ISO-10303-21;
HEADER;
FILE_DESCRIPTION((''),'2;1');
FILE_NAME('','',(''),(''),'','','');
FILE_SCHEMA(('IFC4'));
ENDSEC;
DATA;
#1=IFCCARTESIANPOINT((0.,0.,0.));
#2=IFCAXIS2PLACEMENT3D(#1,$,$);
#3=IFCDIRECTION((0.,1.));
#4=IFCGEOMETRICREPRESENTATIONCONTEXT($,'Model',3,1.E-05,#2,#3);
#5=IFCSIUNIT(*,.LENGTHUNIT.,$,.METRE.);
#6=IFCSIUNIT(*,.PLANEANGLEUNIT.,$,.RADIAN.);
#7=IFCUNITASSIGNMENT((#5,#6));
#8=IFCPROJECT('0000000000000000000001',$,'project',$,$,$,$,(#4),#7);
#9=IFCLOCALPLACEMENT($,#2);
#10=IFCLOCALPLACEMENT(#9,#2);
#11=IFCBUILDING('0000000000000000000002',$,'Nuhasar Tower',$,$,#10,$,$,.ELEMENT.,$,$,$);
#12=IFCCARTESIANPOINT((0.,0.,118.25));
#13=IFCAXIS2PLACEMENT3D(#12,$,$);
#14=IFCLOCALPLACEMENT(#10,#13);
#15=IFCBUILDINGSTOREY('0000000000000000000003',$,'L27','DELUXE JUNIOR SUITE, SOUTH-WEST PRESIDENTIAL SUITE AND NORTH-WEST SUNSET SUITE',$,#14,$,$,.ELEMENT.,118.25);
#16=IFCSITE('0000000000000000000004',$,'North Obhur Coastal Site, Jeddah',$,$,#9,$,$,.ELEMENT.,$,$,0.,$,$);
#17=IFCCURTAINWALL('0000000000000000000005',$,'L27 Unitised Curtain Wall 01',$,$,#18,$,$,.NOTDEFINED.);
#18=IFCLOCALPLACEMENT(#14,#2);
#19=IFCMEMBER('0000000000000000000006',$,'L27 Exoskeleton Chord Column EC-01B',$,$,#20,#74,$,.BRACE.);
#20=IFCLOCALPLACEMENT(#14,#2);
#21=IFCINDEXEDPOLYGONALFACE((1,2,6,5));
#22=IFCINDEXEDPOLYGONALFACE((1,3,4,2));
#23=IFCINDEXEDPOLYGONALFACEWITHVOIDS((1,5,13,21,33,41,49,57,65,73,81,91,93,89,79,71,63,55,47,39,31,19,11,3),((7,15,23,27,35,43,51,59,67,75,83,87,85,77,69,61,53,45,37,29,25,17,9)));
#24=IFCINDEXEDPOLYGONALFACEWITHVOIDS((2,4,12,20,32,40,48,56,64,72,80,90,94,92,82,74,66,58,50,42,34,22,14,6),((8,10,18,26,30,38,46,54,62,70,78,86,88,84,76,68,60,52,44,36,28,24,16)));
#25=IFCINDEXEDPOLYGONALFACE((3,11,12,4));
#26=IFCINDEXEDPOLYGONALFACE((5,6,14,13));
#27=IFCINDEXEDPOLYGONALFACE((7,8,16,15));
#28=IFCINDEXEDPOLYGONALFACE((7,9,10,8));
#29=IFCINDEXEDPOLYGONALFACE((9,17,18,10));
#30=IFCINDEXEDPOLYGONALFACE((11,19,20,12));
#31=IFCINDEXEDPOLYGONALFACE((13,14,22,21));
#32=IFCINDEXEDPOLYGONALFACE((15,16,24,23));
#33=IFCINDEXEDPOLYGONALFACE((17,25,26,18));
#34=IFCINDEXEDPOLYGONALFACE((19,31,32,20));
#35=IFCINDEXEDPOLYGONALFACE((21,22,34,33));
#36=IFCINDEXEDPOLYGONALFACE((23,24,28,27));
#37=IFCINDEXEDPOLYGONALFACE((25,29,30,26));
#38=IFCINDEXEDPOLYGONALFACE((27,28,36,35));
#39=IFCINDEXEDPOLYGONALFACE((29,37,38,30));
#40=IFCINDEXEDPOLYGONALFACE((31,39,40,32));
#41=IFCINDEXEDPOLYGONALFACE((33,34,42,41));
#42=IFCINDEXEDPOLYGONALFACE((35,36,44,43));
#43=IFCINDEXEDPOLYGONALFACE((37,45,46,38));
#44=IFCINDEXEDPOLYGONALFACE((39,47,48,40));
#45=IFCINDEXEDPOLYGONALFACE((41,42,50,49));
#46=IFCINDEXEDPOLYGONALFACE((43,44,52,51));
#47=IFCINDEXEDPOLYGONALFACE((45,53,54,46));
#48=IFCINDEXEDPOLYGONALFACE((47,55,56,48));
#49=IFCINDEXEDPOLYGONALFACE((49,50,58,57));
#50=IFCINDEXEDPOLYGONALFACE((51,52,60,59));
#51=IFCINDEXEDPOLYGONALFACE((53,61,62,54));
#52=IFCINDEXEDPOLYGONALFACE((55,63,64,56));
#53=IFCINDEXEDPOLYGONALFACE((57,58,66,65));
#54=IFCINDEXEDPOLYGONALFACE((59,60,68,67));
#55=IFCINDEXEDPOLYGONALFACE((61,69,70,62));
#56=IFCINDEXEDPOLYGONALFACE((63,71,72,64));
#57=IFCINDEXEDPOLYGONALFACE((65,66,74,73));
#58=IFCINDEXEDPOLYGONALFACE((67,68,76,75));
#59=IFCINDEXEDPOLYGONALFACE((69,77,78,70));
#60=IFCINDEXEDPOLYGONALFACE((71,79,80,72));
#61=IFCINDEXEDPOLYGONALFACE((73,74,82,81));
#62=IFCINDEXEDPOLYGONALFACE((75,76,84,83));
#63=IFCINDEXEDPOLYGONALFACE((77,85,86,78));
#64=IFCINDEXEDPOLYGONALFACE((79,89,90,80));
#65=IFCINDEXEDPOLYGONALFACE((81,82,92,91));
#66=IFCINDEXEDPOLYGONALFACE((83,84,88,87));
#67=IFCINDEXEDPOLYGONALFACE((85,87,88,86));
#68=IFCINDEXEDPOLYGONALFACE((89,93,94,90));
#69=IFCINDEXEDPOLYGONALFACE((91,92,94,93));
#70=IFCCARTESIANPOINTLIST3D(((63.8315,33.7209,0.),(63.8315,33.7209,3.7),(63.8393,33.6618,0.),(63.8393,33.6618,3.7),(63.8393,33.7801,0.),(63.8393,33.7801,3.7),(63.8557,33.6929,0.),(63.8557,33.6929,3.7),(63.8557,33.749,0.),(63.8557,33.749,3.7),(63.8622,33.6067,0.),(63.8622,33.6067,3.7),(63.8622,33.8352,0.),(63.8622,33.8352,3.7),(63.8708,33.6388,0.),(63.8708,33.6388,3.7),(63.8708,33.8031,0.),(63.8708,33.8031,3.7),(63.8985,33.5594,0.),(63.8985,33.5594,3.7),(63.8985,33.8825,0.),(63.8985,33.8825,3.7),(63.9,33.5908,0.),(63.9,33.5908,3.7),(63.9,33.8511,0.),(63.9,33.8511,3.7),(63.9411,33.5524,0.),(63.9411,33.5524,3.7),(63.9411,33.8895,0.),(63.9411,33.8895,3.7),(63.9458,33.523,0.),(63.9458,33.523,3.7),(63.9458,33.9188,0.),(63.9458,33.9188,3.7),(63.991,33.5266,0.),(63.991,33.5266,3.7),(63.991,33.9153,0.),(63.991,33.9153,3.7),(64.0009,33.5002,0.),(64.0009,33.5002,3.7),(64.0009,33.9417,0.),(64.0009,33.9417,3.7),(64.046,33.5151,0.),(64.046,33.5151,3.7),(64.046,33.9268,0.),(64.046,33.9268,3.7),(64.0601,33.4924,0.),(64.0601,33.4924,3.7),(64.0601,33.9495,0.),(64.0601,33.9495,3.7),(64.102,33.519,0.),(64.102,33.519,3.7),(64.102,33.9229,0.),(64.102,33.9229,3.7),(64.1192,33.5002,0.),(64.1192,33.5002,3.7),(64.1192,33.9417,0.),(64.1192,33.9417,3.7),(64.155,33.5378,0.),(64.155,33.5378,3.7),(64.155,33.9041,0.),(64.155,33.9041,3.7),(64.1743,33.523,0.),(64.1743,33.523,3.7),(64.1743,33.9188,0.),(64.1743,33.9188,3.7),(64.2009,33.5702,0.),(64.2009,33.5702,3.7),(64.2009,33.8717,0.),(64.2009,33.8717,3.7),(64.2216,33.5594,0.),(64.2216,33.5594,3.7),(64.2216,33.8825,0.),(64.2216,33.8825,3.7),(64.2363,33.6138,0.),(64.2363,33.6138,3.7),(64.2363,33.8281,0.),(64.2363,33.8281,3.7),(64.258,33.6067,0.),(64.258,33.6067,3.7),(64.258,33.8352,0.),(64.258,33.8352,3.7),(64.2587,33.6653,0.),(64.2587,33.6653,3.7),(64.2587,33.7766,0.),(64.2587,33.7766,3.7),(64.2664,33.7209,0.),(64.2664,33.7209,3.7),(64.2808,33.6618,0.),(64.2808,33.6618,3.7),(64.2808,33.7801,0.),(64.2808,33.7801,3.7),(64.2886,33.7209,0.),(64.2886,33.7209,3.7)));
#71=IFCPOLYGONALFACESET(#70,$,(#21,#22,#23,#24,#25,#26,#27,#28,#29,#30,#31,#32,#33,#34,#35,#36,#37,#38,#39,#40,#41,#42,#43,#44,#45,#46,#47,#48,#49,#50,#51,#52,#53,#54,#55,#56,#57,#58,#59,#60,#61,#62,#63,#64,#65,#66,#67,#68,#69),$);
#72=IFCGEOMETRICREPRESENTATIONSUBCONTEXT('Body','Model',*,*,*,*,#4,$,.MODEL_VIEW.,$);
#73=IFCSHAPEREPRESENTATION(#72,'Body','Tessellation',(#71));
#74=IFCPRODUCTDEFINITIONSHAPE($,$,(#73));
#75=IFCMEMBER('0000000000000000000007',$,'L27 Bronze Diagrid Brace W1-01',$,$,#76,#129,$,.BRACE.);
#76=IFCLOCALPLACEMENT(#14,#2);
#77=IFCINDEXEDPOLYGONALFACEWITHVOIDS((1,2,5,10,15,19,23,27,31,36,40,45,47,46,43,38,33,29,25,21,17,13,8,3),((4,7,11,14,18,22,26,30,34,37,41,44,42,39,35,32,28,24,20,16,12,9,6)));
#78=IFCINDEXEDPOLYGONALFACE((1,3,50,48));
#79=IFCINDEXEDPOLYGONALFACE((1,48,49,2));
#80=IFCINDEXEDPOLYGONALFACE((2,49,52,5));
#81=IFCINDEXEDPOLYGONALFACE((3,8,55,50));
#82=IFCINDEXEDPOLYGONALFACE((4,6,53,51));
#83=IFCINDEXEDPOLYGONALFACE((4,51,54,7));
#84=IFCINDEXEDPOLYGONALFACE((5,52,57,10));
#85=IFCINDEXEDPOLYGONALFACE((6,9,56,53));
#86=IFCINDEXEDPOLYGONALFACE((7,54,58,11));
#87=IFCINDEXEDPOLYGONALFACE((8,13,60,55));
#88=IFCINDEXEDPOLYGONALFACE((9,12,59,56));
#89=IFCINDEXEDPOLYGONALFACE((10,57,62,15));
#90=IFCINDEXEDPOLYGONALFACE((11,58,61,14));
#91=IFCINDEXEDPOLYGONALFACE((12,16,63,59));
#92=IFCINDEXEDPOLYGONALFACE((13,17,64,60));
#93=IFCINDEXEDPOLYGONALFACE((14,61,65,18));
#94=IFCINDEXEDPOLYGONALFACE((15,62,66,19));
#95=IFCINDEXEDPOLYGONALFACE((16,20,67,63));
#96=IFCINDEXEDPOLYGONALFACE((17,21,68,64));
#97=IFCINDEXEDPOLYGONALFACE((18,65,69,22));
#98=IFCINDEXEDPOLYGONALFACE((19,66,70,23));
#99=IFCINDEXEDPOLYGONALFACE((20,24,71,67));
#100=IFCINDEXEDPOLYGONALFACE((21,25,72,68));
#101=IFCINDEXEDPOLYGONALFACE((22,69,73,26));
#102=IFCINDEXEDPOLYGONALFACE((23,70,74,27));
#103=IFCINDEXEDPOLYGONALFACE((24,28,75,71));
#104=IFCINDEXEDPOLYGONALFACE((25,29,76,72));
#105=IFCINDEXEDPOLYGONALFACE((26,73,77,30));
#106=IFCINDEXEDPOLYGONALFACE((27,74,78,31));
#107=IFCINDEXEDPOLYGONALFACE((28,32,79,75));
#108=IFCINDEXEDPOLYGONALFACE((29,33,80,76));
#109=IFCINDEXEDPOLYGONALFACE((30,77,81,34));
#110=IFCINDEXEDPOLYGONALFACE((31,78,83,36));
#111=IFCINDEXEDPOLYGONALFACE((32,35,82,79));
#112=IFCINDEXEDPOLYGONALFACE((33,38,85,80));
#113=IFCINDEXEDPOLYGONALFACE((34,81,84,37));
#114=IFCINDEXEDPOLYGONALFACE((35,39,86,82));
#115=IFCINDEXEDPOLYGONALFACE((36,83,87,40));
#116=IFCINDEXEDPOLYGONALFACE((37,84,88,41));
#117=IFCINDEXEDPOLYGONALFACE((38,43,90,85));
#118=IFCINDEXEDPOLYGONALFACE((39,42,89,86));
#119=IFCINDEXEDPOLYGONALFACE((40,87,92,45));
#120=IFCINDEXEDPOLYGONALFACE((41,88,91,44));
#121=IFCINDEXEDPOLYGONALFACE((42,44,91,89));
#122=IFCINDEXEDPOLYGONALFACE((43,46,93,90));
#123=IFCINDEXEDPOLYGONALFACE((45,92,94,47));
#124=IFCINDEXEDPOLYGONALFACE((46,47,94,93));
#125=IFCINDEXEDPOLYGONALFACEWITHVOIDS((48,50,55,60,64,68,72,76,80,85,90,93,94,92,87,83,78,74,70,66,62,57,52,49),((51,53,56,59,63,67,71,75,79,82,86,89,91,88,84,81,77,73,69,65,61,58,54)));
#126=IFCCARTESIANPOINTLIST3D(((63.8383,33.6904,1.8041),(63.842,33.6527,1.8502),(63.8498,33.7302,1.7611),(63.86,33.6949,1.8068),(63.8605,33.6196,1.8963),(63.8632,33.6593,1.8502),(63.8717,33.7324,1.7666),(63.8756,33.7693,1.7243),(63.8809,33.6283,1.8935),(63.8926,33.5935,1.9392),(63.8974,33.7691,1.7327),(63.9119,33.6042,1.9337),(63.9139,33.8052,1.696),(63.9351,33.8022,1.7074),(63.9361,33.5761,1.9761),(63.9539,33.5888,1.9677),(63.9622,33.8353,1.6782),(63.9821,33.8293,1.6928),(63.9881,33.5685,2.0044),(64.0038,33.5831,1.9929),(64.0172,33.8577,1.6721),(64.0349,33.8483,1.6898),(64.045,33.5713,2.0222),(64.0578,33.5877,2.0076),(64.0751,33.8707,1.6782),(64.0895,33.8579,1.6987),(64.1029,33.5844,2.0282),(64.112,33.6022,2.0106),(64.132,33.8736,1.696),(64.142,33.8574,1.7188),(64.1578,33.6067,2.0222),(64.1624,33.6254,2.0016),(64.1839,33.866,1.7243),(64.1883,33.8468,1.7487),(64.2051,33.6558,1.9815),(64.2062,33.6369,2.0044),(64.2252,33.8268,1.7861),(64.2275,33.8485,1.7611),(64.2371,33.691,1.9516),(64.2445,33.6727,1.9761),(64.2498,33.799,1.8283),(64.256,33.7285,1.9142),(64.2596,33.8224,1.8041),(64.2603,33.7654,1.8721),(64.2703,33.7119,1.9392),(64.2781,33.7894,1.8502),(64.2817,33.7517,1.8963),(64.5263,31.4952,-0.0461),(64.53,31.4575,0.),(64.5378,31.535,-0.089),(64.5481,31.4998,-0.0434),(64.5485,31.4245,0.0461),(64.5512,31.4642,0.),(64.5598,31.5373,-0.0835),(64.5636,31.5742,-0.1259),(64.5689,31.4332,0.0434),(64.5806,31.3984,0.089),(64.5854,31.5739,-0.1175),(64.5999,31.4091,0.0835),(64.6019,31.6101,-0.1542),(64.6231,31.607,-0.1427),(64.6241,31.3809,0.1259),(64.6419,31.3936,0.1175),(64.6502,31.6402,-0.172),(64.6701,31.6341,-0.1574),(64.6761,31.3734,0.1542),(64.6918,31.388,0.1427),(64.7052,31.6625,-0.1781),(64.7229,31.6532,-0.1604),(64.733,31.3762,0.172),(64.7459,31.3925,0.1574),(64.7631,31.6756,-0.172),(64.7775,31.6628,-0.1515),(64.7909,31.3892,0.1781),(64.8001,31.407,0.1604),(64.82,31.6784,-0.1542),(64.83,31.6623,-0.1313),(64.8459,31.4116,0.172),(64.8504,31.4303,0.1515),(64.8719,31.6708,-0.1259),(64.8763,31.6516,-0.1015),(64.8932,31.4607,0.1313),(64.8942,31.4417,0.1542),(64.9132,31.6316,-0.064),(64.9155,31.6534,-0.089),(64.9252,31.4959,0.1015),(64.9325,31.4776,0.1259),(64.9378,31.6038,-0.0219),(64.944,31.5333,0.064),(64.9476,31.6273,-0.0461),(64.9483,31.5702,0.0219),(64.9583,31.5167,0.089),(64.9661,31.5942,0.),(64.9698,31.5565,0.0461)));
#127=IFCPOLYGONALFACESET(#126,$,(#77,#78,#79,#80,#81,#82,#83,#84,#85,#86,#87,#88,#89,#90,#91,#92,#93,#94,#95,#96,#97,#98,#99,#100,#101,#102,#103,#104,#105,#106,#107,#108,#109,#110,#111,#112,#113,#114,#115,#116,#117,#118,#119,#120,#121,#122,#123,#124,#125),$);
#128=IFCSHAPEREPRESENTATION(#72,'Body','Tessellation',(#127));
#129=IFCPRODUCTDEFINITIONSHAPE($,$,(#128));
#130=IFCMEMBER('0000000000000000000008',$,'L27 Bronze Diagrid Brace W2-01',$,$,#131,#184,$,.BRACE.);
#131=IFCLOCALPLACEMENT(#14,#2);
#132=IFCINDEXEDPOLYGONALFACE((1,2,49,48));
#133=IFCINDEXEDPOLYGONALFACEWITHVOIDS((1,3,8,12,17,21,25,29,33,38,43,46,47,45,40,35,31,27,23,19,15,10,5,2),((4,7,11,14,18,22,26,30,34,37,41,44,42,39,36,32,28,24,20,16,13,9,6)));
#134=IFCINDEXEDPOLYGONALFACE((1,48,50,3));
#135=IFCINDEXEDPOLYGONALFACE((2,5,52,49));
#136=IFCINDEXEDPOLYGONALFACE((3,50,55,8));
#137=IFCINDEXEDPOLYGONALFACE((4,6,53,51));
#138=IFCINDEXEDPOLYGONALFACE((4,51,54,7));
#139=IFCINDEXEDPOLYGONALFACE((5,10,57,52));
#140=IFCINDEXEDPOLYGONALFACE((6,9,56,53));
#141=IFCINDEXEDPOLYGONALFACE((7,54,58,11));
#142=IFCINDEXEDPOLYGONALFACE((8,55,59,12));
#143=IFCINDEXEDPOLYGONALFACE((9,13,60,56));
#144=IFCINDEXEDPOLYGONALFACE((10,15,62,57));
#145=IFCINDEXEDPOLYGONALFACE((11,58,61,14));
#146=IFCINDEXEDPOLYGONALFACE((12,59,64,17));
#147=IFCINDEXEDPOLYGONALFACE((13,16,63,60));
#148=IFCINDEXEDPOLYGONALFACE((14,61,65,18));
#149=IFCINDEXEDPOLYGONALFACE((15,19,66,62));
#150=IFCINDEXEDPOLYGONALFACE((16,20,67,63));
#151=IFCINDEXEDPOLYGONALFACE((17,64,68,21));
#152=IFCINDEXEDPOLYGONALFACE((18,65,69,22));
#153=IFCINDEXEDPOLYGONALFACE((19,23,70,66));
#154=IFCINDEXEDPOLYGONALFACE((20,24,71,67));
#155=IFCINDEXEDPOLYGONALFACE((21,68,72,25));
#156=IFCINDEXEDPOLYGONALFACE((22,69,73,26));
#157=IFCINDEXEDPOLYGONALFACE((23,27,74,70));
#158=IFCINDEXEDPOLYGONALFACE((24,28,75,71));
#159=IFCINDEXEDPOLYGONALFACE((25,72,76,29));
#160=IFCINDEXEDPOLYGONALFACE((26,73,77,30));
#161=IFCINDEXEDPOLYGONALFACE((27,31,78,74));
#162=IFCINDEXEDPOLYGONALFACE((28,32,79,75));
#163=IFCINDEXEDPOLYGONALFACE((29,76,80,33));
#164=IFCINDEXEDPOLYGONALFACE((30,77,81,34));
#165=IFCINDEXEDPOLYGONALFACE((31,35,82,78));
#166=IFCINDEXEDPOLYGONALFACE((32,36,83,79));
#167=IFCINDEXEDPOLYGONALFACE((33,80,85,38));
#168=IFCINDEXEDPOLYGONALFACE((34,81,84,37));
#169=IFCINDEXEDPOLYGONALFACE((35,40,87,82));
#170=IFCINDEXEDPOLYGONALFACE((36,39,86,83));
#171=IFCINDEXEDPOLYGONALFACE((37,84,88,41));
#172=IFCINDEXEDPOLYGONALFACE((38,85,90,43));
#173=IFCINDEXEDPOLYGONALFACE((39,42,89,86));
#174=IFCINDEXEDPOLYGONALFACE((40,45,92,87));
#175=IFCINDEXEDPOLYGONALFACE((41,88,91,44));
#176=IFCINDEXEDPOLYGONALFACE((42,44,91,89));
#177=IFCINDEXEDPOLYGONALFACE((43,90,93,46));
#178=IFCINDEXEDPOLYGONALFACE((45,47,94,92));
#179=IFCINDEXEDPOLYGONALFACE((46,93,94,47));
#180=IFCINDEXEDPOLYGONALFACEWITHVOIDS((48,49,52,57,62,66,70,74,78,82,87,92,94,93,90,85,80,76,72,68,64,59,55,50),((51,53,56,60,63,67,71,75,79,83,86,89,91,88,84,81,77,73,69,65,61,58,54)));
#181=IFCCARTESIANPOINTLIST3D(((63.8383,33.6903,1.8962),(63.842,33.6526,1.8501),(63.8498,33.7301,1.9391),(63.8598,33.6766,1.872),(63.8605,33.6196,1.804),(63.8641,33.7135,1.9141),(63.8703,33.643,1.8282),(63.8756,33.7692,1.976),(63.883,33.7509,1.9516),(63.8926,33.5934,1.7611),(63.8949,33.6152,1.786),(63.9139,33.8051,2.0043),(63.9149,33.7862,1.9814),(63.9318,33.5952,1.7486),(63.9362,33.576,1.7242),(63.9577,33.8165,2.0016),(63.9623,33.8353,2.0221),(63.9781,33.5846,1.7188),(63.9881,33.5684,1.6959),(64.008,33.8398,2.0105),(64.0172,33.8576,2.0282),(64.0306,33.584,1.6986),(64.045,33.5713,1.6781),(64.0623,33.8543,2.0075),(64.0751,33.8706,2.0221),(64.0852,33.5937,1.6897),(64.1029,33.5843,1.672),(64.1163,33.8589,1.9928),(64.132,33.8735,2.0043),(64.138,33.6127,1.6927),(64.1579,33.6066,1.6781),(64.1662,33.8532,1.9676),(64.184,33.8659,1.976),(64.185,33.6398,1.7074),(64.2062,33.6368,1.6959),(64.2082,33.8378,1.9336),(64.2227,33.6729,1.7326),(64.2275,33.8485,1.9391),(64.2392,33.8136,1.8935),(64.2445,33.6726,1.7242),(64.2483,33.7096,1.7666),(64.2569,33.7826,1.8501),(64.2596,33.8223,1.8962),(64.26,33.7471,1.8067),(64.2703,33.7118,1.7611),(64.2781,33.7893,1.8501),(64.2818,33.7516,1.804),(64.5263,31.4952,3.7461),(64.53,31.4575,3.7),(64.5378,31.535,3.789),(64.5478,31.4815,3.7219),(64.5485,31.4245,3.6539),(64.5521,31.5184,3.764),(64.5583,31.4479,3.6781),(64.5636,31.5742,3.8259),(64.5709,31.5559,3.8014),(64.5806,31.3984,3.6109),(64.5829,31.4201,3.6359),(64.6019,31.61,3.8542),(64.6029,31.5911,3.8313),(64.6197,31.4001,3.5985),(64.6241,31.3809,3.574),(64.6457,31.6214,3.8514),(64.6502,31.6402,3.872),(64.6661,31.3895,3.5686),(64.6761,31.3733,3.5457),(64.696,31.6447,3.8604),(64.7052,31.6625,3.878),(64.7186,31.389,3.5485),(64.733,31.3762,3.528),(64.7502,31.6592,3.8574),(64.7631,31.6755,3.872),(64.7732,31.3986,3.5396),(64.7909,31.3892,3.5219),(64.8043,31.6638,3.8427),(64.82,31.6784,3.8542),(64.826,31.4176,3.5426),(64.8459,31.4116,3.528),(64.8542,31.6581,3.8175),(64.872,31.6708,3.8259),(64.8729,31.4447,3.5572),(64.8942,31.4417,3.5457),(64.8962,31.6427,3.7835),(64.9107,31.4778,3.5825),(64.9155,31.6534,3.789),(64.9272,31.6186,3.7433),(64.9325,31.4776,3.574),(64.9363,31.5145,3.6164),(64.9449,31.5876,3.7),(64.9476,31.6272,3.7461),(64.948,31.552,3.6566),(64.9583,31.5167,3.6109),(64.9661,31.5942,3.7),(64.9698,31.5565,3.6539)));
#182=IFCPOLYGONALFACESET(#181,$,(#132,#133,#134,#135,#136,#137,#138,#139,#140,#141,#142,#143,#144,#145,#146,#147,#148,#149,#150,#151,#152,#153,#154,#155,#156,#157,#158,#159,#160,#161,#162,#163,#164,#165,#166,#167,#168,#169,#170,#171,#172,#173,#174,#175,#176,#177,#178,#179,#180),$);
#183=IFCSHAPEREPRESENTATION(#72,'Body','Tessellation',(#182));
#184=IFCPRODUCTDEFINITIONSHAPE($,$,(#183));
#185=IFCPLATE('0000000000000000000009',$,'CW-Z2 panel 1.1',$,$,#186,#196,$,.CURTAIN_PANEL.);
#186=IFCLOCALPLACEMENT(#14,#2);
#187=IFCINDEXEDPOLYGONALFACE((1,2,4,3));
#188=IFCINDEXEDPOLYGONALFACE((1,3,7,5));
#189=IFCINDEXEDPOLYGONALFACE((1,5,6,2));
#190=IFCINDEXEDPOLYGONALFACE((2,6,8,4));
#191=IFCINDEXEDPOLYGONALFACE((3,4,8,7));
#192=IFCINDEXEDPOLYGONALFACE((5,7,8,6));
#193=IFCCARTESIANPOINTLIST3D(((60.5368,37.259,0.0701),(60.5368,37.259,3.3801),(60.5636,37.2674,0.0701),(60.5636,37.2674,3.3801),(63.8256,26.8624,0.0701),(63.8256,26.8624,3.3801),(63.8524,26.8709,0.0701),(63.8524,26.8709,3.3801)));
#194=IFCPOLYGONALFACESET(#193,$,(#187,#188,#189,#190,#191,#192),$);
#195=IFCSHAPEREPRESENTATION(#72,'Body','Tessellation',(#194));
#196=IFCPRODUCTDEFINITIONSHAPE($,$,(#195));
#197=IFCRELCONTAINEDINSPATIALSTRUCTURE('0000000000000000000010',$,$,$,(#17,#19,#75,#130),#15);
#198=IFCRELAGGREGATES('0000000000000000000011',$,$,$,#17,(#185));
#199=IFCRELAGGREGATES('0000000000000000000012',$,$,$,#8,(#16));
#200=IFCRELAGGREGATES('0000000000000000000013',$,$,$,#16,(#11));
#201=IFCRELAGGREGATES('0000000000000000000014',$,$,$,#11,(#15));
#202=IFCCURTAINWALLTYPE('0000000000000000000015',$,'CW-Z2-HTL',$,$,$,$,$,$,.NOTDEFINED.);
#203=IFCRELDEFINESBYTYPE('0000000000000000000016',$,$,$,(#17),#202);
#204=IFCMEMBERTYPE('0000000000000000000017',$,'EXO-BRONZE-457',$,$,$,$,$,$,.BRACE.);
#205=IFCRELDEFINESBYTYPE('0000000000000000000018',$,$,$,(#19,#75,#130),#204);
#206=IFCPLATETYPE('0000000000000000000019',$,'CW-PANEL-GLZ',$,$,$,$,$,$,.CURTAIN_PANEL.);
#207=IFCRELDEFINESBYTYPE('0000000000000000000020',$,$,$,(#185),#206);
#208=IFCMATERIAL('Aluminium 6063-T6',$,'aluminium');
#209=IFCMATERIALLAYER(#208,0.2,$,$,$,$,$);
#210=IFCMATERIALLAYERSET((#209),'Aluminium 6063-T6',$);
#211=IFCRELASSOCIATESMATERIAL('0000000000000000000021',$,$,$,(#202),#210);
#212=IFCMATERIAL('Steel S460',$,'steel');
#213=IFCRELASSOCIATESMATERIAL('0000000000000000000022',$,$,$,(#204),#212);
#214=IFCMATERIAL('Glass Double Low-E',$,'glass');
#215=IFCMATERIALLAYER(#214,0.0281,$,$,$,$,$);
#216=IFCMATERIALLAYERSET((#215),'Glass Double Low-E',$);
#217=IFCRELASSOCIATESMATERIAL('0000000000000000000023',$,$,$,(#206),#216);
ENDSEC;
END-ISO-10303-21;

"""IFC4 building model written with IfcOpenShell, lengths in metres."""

from ifc_helpers import new_model, si_unit, direction, frame, origin, origin_2d, place, context, subcontext, project, spatial, rectangle, hollow_circle, extrude, material, layer, layer_set, material_profile, profile_set, type_object, element, aggregate, save


model = new_model("IFC4")

# Units and contexts
model_context = context("Model", 3, precision=1e-05, world=origin(), true_north=direction((0.0, 1.0)))
body_context = subcontext(model_context, "Body", "Model", "MODEL_VIEW")
ifc_project = project(units=[si_unit("LENGTHUNIT", "METRE"), si_unit("PLANEANGLEUNIT", "RADIAN")], contexts=[model_context])

# Site, building, storey
site_placement = place(None, origin())
site = spatial("IfcSite", under=ifc_project, at=site_placement, Name="North Obhur Coastal Site, Jeddah", CompositionType="ELEMENT", RefElevation=0.0)
building_placement = place(site_placement, origin())
building = spatial("IfcBuilding", under=site, at=building_placement, Name="Nuhasar Tower", CompositionType="ELEMENT")
storey_placement = place(building_placement, frame((0.0, 0.0, 118.25)))
storey = spatial("IfcBuildingStorey", under=building, at=storey_placement, Name="L27", Description="DELUXE JUNIOR SUITE, SOUTH-WEST PRESIDENTIAL SUITE AND NORTH-WEST SUNSET SUITE", CompositionType="ELEMENT", Elevation=118.25)

# Curtain wall
ifc_material_1 = material(Name="Aluminium 6063-T6", Category="aluminium")
ifc_layer_1 = layer(ifc_material_1, 0.2)
ifc_layer_set_1 = layer_set([ifc_layer_1], Name="Aluminium 6063-T6")
curtain_wall_type = type_object("IfcCurtainWallType", Name="CW-Z2-HTL", PredefinedType="NOTDEFINED", material=ifc_layer_set_1)
curtain_wall_1_placement = place(storey_placement, origin())
curtain_wall_1 = element("IfcCurtainWall", 1, at=curtain_wall_1_placement, inside=storey, type_object=curtain_wall_type, Name="L27 Unitised Curtain Wall 01", PredefinedType="NOTDEFINED")

# Members
ifc_material_2 = material(Name="Steel S460", Category="steel")
ifc_material_profile_1 = material_profile(ifc_material_2, hollow_circle(Radius=0.2285, WallThickness=0.0222, at=origin_2d()), Name="HSS457X22.2")
ifc_profile_set_1 = profile_set([ifc_material_profile_1], Name="Steel S460")
member_type_1 = type_object("IfcMemberType", Name="EXO-BRONZE-457", PredefinedType="BRACE", material=ifc_profile_set_1)
for number, where, z_axis, x_axis, name in (
    (2, (64.0601, 33.7209, 0.0), (0.0, 0.0, 1.0), (1.0, 0.0, 0.0), "L27 Exoskeleton Chord Column EC-01B"),
):
    element("IfcMember", number, at=place(storey_placement, frame(where, z_axis=z_axis, x_axis=x_axis)), inside=storey, type_object=member_type_1, Name=name, PredefinedType="BRACE", context=body_context, shape_type="SweptSolid", body=[
        extrude(hollow_circle(Radius=0.2285, WallThickness=0.0222, at=origin_2d()), origin(), (0.0, 0.0, 1.0), 3.7),
    ])
member_1_placement = place(storey_placement, frame((64.748, 31.5259, 0.0), z_axis=(-0.233056, 0.743578, 0.626719), x_axis=(-0.954228, -0.299079, 0.0)))
element("IfcMember", 3, at=member_1_placement, inside=storey, type_object=member_type_1, Name="L27 Bronze Diagrid Brace W1-01", PredefinedType="BRACE", context=body_context, shape_type="SweptSolid", body=[
    extrude(hollow_circle(Radius=0.2285, WallThickness=0.0222, at=origin_2d()), origin(), (0.0, 0.0, 1.0), 2.9521),
])
member_2_placement = place(storey_placement, frame((64.0601, 33.7209, 1.8501), z_axis=(0.233068, -0.743616, 0.626669), x_axis=(0.954228, 0.299079, 0.0)))
element("IfcMember", 4, at=member_2_placement, inside=storey, type_object=member_type_1, Name="L27 Bronze Diagrid Brace W2-01", PredefinedType="BRACE", context=body_context, shape_type="SweptSolid", body=[
    extrude(hollow_circle(Radius=0.2285, WallThickness=0.0222, at=origin_2d()), origin(), (0.0, 0.0, 1.0), 2.9519),
])

# Plate
ifc_material_3 = material(Name="Glass Double Low-E", Category="glass")
ifc_layer_2 = layer(ifc_material_3, 0.0281)
ifc_layer_set_2 = layer_set([ifc_layer_2], Name="Glass Double Low-E")
plate_type = type_object("IfcPlateType", Name="CW-PANEL-GLZ", PredefinedType="CURTAIN_PANEL", material=ifc_layer_set_2)
plate_placement = place(storey_placement, frame((62.1946, 32.0649, 0.0701), z_axis=(0.0, 0.0, 1.0), x_axis=(-0.301604, 0.953433, 0.0)))
plate = element("IfcPlate", 5, at=plate_placement, type_object=plate_type, Name="CW-Z2 panel 1.1", PredefinedType="CURTAIN_PANEL", context=body_context, shape_type="SweptSolid", body=[
    extrude(rectangle(XDim=10.9043, YDim=0.0281, at=origin_2d()), origin(), (0.0, 0.0, 1.0), 3.3101),
])
aggregate(curtain_wall_1, [plate])

save(model, "model.ifc")
